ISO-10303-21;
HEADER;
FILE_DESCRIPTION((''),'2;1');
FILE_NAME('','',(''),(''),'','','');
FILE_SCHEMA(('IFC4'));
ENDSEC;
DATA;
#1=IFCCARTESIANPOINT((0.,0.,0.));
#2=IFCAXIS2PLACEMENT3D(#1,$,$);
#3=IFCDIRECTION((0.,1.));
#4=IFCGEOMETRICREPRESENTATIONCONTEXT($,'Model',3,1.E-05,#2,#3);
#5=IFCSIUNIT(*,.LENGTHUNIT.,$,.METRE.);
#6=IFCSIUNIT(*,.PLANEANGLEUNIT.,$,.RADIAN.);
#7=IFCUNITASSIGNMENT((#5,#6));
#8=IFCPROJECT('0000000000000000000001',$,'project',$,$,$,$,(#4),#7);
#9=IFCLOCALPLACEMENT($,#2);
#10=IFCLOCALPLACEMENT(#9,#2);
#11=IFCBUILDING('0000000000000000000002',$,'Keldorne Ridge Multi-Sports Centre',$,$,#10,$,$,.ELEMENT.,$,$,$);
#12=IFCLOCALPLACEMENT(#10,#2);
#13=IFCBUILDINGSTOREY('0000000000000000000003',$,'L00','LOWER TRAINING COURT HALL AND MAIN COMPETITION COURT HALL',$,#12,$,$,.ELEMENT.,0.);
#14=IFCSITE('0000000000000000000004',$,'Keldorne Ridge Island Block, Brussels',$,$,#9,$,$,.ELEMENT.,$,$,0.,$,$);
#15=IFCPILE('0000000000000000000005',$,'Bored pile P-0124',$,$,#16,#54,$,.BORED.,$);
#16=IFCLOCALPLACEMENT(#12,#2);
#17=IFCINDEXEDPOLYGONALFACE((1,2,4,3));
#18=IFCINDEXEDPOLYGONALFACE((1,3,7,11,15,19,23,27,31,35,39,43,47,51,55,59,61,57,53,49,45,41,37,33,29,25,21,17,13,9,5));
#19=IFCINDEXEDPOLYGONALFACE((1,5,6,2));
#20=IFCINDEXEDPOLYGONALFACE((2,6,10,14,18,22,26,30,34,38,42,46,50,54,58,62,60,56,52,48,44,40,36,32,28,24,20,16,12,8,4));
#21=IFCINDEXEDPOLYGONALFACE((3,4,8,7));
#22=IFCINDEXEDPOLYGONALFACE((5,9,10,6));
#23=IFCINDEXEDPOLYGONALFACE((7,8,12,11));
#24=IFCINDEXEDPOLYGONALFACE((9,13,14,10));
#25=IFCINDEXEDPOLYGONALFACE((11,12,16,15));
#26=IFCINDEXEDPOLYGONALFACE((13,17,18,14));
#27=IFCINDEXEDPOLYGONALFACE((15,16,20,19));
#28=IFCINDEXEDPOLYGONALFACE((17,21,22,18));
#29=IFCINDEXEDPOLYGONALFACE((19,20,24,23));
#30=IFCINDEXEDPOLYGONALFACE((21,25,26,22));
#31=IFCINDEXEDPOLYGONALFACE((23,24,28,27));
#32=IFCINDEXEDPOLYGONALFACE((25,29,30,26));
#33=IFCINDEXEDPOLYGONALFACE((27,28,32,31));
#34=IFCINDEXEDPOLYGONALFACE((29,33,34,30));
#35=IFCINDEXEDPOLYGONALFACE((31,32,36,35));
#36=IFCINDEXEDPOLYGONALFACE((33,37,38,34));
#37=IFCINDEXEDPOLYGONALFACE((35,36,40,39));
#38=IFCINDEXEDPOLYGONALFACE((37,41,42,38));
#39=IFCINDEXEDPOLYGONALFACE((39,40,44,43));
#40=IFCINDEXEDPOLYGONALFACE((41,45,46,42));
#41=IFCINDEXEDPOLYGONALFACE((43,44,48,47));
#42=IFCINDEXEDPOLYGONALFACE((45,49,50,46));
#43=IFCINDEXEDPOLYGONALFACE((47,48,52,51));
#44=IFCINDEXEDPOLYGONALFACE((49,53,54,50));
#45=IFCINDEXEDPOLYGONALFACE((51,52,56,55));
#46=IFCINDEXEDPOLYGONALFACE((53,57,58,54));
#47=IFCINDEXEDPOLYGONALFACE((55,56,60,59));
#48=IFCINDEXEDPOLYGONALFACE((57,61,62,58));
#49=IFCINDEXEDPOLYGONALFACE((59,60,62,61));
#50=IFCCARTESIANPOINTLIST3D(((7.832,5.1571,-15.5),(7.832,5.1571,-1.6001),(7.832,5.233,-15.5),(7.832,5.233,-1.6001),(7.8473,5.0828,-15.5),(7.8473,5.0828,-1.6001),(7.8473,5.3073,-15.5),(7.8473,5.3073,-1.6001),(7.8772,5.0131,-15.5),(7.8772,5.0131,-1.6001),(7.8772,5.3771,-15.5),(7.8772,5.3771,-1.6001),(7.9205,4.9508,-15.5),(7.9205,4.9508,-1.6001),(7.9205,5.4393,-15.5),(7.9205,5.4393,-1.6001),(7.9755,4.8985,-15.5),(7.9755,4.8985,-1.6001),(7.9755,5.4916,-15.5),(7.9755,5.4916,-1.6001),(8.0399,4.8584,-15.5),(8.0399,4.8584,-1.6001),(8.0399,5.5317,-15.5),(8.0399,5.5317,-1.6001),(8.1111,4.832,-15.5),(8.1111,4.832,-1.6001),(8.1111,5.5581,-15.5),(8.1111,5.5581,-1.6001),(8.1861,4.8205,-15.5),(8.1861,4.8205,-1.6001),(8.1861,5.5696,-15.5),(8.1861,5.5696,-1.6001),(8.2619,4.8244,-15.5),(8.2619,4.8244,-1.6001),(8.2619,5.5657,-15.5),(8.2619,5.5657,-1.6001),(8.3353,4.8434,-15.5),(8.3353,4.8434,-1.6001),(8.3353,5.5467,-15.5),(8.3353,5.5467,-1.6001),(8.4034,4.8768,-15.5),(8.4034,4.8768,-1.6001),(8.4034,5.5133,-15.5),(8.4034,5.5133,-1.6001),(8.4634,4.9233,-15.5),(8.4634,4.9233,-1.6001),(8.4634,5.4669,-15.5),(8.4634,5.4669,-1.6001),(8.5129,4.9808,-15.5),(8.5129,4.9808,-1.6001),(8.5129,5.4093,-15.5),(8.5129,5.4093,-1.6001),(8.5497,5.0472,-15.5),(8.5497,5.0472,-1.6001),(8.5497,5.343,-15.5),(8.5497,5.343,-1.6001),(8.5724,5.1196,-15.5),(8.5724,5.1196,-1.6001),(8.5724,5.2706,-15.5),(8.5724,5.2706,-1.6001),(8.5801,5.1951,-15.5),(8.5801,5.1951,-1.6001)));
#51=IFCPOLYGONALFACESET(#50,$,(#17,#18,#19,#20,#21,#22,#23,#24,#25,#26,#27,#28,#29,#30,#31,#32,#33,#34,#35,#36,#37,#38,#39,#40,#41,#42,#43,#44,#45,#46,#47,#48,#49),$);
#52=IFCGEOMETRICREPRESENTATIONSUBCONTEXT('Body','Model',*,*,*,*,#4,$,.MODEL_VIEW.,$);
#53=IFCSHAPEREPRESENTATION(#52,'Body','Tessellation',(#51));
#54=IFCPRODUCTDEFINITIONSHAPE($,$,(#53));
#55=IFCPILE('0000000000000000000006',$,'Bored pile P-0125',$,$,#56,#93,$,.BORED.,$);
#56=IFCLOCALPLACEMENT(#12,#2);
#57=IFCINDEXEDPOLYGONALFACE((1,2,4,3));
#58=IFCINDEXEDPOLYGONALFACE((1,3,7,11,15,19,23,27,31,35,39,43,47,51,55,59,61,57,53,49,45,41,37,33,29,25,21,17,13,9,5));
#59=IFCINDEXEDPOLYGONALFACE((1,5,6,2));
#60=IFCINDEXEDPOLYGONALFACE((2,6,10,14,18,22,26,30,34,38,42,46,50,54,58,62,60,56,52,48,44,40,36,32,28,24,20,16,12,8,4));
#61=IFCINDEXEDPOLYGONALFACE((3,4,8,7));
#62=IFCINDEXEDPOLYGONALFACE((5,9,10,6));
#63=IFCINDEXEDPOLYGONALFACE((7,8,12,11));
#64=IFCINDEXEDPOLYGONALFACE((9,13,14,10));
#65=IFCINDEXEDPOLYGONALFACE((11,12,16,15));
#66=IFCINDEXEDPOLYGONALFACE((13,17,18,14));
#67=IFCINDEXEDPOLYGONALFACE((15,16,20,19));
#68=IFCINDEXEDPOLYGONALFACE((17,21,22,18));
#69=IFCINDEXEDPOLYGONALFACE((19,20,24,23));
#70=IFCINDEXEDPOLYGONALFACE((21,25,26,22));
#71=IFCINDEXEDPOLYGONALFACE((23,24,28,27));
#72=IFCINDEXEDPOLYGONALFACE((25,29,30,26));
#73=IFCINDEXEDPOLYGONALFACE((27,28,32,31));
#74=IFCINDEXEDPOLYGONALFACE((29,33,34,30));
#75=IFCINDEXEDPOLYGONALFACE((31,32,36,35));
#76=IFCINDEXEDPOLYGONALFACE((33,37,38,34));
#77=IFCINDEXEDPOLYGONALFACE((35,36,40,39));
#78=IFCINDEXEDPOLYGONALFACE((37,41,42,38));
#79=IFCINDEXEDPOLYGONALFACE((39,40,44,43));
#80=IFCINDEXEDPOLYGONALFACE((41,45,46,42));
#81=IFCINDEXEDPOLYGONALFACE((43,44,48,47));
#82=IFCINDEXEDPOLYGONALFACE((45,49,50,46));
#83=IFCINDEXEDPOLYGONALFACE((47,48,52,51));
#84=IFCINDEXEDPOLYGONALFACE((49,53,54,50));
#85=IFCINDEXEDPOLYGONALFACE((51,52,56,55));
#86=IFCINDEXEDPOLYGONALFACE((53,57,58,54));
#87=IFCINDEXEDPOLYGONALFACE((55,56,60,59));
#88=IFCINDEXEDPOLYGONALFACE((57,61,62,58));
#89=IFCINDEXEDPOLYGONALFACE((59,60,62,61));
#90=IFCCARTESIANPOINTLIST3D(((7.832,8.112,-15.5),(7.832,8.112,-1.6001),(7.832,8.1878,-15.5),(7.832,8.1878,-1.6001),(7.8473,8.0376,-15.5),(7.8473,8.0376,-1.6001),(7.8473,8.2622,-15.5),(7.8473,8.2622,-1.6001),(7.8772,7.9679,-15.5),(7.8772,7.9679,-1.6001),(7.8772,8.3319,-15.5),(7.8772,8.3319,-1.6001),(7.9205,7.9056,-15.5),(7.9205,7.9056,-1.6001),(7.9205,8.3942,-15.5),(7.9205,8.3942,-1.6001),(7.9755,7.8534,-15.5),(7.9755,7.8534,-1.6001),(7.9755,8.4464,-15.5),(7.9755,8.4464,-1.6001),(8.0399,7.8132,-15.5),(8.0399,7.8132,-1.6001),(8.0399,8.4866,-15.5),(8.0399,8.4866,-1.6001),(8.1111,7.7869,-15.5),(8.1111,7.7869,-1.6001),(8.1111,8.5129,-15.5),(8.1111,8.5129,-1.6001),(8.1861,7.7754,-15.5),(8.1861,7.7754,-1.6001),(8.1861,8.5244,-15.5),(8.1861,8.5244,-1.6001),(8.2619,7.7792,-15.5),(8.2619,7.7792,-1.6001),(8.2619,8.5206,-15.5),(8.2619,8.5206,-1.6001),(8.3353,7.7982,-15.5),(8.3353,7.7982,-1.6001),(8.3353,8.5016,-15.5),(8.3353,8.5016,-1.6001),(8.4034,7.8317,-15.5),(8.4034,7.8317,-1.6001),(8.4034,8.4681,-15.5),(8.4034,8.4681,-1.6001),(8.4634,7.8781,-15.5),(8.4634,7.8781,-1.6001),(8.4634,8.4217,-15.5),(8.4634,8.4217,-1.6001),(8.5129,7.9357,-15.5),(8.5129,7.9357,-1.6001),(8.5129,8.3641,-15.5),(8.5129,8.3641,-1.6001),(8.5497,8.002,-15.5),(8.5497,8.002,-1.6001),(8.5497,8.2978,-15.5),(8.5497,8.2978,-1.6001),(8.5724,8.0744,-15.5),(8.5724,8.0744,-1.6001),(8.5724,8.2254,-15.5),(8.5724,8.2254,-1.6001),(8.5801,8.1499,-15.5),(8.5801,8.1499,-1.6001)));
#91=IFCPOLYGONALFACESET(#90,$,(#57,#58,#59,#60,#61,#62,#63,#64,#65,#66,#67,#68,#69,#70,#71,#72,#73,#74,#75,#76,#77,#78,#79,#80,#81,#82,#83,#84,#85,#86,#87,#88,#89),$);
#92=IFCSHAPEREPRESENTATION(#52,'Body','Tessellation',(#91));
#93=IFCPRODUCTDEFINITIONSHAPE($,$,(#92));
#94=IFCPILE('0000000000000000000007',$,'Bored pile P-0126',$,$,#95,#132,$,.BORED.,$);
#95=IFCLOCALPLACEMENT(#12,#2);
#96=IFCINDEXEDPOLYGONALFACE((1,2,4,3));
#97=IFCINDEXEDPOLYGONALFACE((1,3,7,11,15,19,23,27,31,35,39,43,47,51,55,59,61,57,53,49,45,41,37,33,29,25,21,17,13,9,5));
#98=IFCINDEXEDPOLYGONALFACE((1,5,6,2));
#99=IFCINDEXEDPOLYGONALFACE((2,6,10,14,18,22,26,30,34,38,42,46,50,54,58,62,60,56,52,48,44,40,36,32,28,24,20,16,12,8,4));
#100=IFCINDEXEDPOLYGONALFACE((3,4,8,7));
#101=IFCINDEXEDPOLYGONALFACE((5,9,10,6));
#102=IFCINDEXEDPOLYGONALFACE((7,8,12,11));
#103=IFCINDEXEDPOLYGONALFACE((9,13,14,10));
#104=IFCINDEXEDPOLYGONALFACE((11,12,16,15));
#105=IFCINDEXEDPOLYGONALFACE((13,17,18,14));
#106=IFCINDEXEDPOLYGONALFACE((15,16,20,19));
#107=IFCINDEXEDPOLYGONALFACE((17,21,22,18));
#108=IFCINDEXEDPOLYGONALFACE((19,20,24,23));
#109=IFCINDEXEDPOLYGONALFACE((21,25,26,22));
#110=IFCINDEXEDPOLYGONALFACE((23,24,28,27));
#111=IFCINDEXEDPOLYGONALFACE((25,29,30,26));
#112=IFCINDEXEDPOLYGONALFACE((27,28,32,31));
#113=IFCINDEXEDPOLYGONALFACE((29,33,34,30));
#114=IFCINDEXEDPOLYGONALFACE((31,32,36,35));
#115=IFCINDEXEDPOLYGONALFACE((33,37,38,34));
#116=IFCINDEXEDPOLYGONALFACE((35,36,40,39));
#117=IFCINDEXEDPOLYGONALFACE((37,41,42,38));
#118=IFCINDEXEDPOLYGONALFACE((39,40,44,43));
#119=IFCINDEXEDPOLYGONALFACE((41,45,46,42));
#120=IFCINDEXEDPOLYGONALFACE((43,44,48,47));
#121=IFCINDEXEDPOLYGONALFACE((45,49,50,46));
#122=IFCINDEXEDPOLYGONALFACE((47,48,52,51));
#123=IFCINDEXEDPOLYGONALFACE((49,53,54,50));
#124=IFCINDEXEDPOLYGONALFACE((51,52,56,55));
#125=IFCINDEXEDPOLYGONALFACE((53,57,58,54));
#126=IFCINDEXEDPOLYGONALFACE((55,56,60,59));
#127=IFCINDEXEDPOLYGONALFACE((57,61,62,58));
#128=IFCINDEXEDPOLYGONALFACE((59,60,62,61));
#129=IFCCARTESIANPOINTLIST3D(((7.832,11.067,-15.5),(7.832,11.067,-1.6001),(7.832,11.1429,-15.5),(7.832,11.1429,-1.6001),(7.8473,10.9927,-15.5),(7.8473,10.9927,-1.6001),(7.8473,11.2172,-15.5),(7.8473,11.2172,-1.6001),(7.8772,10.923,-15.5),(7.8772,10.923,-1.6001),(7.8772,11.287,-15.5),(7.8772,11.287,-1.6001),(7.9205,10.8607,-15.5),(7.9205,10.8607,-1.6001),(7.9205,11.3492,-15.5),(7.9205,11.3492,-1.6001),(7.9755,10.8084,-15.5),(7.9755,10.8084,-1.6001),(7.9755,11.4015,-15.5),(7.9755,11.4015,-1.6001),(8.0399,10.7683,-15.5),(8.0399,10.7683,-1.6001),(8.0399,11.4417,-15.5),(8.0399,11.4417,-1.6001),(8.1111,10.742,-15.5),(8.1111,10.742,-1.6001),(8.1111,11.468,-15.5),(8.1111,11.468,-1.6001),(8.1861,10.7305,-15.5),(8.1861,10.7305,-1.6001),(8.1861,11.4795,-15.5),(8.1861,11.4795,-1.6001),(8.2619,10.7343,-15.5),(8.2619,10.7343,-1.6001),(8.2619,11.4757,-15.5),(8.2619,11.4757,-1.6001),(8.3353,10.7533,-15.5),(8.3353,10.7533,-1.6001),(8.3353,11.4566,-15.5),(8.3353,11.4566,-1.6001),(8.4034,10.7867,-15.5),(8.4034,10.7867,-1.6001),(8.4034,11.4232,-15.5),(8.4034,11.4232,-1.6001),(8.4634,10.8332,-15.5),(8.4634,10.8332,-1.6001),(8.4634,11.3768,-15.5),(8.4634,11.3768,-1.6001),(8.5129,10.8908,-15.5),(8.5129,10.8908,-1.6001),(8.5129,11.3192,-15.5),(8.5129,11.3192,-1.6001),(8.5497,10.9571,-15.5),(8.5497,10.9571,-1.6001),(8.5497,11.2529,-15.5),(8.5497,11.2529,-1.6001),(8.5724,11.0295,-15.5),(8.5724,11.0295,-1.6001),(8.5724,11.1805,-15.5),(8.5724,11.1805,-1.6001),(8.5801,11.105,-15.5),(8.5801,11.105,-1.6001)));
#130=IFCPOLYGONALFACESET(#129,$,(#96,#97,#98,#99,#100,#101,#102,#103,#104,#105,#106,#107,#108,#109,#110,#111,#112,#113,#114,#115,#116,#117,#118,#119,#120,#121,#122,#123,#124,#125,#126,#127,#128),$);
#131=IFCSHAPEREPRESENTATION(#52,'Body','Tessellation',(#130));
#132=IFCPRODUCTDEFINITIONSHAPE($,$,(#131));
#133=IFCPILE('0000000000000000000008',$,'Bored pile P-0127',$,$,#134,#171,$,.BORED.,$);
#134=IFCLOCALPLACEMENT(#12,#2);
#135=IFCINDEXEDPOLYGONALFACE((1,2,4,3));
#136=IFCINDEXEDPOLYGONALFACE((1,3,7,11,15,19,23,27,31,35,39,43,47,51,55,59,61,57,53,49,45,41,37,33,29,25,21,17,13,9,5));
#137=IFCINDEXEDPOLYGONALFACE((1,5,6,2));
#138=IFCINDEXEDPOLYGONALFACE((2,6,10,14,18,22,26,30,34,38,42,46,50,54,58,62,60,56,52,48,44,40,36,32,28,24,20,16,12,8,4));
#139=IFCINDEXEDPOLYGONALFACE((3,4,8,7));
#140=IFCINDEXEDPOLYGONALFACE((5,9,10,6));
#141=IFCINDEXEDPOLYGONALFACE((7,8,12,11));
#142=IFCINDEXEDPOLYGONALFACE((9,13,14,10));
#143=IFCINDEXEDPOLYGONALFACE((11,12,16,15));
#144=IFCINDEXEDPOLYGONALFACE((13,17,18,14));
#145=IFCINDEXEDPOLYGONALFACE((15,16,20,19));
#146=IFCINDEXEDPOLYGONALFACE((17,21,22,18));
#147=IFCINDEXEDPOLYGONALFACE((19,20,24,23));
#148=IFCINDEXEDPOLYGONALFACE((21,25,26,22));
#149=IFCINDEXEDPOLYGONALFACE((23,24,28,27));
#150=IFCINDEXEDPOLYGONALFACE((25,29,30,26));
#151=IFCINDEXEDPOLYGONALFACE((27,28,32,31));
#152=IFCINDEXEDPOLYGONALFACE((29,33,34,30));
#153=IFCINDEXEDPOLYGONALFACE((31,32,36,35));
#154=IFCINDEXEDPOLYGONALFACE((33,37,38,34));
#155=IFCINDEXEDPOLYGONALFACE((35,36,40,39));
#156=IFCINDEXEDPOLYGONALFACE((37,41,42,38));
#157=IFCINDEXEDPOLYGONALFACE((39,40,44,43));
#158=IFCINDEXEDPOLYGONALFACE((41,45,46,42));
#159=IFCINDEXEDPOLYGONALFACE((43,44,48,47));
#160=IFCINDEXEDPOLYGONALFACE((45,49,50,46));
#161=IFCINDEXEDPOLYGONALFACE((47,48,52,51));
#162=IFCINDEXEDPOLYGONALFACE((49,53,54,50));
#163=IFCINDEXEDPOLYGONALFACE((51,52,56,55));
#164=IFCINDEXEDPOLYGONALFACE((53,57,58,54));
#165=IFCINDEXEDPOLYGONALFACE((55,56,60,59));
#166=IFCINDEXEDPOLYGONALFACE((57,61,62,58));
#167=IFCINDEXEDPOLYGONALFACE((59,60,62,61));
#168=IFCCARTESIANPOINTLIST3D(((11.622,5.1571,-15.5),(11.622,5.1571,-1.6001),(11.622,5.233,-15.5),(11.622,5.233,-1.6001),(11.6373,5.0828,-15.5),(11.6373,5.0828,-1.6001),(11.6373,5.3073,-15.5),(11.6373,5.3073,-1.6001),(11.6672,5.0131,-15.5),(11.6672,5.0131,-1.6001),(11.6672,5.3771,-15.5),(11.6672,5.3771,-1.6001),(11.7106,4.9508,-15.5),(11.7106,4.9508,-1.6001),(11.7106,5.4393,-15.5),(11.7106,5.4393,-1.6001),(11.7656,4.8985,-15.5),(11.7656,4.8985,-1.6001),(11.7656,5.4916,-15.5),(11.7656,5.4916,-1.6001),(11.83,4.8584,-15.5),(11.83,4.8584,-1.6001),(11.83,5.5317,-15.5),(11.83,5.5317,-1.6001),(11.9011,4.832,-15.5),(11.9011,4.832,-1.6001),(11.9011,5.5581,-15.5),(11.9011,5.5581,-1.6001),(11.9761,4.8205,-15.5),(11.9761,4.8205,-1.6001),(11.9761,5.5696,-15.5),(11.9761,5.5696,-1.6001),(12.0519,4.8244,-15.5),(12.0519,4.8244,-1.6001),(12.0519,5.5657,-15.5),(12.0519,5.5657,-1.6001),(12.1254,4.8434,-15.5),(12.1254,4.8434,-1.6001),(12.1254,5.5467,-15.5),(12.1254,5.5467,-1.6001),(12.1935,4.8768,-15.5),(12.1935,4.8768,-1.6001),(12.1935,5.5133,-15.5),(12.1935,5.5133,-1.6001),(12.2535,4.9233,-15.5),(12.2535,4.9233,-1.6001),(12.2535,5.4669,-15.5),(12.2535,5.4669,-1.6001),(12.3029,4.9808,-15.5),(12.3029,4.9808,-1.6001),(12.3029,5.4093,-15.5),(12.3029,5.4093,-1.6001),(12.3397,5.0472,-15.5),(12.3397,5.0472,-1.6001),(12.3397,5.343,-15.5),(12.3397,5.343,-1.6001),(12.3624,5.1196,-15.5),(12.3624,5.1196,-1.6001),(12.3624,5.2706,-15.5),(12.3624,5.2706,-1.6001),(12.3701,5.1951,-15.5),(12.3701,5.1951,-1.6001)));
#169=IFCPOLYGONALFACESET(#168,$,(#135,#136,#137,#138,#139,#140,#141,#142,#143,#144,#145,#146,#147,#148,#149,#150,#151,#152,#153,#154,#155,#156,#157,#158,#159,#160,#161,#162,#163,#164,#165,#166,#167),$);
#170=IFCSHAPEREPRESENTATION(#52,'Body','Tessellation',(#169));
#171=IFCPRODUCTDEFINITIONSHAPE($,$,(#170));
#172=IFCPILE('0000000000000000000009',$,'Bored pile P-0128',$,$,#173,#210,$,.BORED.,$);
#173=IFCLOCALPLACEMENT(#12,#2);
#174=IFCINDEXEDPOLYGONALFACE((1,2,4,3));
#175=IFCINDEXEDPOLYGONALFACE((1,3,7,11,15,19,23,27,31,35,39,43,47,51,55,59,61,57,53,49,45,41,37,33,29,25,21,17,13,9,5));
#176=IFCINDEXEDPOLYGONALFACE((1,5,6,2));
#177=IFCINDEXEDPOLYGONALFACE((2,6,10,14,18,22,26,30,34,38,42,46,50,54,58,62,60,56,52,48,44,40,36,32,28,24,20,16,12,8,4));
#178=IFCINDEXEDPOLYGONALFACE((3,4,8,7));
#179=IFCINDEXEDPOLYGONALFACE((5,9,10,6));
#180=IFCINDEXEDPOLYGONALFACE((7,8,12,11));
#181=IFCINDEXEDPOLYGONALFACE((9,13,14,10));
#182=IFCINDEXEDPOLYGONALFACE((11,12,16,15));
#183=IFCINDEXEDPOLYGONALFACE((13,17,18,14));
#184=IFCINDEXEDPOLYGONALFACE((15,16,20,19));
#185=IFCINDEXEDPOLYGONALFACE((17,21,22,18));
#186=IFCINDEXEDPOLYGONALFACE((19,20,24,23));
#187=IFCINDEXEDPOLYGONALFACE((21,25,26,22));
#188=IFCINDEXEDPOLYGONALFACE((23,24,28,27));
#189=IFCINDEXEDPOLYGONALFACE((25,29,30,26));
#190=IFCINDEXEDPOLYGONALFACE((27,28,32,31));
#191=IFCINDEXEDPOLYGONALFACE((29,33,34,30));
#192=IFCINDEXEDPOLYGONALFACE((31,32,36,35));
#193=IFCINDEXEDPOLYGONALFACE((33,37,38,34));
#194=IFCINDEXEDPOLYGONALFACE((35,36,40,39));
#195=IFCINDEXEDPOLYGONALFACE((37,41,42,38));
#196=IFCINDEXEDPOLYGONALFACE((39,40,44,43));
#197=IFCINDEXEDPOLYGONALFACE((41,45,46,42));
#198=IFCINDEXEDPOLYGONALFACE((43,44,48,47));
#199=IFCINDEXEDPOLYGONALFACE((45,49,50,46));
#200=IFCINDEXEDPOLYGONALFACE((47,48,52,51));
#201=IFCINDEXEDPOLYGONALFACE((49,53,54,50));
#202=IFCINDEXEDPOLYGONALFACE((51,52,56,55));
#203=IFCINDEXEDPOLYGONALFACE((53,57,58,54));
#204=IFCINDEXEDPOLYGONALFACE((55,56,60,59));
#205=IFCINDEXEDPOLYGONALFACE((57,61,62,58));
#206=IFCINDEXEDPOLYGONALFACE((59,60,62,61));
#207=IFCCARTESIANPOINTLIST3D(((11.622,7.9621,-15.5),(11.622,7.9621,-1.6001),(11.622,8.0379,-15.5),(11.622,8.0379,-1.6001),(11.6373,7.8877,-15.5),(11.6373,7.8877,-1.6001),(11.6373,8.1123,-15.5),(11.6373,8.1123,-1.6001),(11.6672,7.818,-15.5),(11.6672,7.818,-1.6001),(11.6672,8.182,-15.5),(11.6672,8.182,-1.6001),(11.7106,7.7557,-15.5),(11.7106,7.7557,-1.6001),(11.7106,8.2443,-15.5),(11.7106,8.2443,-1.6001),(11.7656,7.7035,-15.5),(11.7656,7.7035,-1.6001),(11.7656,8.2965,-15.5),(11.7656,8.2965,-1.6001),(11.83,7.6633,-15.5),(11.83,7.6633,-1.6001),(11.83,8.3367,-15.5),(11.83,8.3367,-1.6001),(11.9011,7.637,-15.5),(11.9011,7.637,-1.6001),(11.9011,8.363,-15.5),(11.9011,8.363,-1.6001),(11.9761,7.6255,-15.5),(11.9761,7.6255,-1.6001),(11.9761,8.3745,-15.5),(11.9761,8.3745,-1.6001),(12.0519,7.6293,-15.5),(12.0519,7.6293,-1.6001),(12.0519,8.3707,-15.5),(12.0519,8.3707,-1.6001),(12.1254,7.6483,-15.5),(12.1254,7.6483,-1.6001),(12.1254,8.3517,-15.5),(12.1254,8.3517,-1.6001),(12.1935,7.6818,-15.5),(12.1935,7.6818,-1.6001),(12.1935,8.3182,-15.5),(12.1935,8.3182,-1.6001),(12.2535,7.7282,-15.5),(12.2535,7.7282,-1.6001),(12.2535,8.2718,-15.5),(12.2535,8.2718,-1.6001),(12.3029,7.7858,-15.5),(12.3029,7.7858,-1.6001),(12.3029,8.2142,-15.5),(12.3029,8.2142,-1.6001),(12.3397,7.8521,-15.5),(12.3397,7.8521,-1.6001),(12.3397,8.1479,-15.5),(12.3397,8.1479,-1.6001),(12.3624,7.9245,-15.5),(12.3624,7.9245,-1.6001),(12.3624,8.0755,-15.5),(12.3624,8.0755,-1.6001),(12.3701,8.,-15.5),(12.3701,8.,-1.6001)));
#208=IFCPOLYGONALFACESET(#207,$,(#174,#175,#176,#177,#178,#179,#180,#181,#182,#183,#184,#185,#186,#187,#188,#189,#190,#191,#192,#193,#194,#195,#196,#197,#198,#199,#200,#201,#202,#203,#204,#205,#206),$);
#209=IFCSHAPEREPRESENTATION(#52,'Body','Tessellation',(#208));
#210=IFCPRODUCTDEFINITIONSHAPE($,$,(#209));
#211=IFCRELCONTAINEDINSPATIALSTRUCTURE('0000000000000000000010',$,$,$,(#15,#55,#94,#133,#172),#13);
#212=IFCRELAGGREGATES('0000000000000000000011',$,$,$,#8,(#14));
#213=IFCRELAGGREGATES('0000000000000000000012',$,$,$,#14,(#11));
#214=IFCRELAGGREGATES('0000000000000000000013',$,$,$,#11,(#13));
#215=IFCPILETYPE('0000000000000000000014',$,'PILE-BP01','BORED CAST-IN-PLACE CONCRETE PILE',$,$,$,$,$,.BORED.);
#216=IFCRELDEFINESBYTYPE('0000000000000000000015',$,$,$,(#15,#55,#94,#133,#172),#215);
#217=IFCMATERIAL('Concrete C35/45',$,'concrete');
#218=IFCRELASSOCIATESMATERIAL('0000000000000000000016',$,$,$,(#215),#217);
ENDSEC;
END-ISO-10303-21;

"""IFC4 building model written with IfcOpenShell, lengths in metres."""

from ifc_helpers import new_model, si_unit, direction, frame, origin, origin_2d, place, context, subcontext, project, spatial, circle, extrude, material, material_profile, profile_set, type_object, element, save


model = new_model("IFC4")

# Units and contexts
model_context = context("Model", 3, precision=1e-05, world=origin(), true_north=direction((0.0, 1.0)))
body_context = subcontext(model_context, "Body", "Model", "MODEL_VIEW")
ifc_project = project(units=[si_unit("LENGTHUNIT", "METRE"), si_unit("PLANEANGLEUNIT", "RADIAN")], contexts=[model_context])

# Site, building, storey
site_placement = place(None, origin())
site = spatial("IfcSite", under=ifc_project, at=site_placement, Name="Keldorne Ridge Island Block, Brussels", CompositionType="ELEMENT", RefElevation=0.0)
building_placement = place(site_placement, origin())
building = spatial("IfcBuilding", under=site, at=building_placement, Name="Keldorne Ridge Multi-Sports Centre", CompositionType="ELEMENT")
storey_placement = place(building_placement, origin())
storey = spatial("IfcBuildingStorey", under=building, at=storey_placement, Name="L00", Description="LOWER TRAINING COURT HALL AND MAIN COMPETITION COURT HALL", CompositionType="ELEMENT", Elevation=0.0)

# Shared definitions
ifc_material_1 = material(Name="Concrete C35/45", Category="concrete")

# Piles
ifc_material_profile_1 = material_profile(ifc_material_1, circle(Radius=0.375, at=origin_2d()), Name="BORED PILE D750")
ifc_profile_set_1 = profile_set([ifc_material_profile_1], Name="Concrete C35/45")
pile_type = type_object("IfcPileType", Name="PILE-BP01", Description="BORED CAST-IN-PLACE CONCRETE PILE", PredefinedType="BORED", material=ifc_profile_set_1)
for number, where, z_axis, x_axis, name in (
    (1, (8.2051, 5.1951, -1.6001), (0.0, 0.0, -1.0), (1.0, 0.0, 0.0), "Bored pile P-0124"),
    (2, (8.2051, 8.1499, -1.6001), (0.0, 0.0, -1.0), (1.0, 0.0, 0.0), "Bored pile P-0125"),
    (3, (8.2051, 11.105, -1.6001), (0.0, 0.0, -1.0), (1.0, 0.0, 0.0), "Bored pile P-0126"),
    (4, (11.9951, 5.1951, -1.6001), (0.0, 0.0, -1.0), (1.0, 0.0, 0.0), "Bored pile P-0127"),
    (5, (11.9951, 8.0, -1.6001), (0.0, 0.0, -1.0), (1.0, 0.0, 0.0), "Bored pile P-0128"),
):
    element("IfcPile", number, at=place(storey_placement, frame(where, z_axis=z_axis, x_axis=x_axis)), inside=storey, type_object=pile_type, Name=name, PredefinedType="BORED", context=body_context, shape_type="SweptSolid", body=[
        extrude(circle(Radius=0.375, at=origin_2d()), origin(), (0.0, 0.0, 1.0), 13.8999),
    ])

save(model, "model.ifc")
